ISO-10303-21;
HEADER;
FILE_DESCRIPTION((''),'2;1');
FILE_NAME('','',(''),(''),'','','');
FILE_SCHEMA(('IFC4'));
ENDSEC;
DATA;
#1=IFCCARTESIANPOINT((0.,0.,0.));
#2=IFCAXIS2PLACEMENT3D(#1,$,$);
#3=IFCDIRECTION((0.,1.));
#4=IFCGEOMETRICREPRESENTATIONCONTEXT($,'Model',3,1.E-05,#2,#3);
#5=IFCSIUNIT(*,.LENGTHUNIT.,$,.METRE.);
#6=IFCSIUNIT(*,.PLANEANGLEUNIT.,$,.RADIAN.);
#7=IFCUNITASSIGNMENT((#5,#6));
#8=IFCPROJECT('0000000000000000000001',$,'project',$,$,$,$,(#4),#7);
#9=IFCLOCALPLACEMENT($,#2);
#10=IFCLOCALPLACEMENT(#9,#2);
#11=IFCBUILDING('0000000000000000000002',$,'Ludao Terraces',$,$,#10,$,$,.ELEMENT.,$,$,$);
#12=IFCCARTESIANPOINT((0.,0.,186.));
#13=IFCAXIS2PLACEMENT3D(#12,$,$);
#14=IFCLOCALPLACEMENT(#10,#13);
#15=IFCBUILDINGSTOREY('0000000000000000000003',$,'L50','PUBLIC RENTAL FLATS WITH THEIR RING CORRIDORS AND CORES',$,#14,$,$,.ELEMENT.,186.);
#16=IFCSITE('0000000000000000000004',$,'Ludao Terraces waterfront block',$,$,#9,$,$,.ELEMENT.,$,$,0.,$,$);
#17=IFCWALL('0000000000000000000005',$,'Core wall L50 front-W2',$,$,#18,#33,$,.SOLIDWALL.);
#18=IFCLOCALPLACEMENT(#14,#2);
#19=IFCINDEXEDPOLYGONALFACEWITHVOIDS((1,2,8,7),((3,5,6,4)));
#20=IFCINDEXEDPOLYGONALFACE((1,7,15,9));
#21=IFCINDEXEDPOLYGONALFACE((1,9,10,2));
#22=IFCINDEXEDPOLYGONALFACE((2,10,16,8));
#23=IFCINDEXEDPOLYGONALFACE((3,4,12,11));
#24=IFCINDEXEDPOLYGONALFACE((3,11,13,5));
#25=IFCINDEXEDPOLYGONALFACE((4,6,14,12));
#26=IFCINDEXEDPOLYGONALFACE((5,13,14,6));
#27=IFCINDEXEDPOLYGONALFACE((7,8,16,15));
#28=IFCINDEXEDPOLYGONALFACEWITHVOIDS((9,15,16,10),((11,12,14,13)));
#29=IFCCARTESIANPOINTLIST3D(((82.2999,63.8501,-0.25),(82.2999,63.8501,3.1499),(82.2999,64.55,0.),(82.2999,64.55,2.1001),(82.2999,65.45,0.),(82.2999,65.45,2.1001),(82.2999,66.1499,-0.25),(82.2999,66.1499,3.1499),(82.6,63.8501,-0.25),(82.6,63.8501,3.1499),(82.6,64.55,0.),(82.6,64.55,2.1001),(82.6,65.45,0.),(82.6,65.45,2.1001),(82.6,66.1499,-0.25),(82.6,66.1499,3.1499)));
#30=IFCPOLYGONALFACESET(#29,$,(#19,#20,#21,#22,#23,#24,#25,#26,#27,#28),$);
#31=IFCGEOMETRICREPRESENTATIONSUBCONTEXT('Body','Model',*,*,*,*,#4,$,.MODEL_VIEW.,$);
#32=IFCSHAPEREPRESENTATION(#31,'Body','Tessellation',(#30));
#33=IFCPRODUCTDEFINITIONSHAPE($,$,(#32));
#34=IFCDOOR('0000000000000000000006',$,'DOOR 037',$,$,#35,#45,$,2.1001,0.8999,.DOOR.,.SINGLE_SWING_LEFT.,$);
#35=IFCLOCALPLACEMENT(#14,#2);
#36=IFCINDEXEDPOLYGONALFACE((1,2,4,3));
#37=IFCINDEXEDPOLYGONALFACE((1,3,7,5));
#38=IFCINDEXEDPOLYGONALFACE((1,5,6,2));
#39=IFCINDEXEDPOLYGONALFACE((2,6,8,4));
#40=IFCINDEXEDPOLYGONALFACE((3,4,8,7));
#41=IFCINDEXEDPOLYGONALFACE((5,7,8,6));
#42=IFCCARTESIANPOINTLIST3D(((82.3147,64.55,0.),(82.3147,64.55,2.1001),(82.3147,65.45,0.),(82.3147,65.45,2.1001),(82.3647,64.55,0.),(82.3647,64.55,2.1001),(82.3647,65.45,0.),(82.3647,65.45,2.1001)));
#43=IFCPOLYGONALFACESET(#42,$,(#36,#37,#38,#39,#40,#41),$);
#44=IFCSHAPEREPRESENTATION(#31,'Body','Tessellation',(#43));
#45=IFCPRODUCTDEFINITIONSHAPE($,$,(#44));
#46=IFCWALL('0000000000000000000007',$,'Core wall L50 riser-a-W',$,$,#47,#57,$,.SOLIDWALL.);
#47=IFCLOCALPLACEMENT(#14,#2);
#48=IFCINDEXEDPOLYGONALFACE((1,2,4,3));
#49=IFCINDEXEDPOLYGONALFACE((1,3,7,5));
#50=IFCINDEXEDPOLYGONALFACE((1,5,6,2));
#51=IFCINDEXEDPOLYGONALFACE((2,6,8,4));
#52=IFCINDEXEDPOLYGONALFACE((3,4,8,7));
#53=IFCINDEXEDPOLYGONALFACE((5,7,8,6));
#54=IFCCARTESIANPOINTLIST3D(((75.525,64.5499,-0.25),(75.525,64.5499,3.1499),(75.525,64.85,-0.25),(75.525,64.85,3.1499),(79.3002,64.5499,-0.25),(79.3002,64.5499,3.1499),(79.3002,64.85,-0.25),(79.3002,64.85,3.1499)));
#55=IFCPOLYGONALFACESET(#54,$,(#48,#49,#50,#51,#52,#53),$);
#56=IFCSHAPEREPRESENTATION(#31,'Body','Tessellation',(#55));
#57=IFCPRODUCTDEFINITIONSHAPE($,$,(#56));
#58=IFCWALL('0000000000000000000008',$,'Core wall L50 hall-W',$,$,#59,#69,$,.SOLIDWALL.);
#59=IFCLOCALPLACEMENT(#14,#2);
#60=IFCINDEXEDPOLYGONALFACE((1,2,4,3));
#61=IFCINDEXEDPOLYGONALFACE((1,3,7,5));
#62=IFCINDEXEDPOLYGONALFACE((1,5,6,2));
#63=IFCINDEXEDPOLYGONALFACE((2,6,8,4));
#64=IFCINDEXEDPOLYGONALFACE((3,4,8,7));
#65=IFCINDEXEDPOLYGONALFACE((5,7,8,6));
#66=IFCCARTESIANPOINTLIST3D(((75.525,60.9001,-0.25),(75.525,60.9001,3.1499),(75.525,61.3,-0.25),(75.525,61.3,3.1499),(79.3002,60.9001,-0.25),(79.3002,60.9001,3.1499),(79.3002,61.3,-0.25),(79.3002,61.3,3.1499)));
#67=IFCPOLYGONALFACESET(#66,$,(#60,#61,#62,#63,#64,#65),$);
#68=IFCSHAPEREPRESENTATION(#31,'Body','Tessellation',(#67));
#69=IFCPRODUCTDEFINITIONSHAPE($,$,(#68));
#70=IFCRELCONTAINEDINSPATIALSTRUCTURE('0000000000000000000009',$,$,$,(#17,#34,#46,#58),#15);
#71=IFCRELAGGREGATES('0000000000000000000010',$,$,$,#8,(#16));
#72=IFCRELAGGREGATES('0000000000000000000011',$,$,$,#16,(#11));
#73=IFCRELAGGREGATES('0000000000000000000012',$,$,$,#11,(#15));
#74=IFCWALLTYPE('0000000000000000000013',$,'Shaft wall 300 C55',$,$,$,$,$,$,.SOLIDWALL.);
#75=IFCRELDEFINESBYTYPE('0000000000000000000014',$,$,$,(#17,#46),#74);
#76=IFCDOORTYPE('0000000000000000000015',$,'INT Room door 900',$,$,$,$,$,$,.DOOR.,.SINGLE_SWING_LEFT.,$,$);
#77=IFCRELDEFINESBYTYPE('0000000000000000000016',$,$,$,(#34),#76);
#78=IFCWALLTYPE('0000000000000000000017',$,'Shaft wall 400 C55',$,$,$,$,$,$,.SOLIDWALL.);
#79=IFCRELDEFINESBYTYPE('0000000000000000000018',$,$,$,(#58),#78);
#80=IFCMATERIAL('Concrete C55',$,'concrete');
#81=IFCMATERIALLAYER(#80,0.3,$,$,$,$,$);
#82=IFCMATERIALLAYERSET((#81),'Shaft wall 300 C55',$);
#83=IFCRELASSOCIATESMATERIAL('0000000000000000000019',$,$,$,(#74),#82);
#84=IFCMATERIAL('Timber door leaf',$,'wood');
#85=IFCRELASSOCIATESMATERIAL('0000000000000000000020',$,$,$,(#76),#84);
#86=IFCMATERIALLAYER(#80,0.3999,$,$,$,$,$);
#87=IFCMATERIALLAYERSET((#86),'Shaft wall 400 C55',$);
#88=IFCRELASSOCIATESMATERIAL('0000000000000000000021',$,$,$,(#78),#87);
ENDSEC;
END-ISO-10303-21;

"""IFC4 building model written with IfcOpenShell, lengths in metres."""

from ifc_helpers import new_model, si_unit, direction, frame, frame_2d, origin, place, context, subcontext, project, spatial, rectangle, extrude, material, layer, layer_set, type_object, element, fill, save


model = new_model("IFC4")

# Units and contexts
model_context = context("Model", 3, precision=1e-05, world=origin(), true_north=direction((0.0, 1.0)))
body_context = subcontext(model_context, "Body", "Model", "MODEL_VIEW")
ifc_project = project(units=[si_unit("LENGTHUNIT", "METRE"), si_unit("PLANEANGLEUNIT", "RADIAN")], contexts=[model_context])

# Site, building, storey
site_placement = place(None, origin())
site = spatial("IfcSite", under=ifc_project, at=site_placement, Name="Ludao Terraces waterfront block", CompositionType="ELEMENT", RefElevation=0.0)
building_placement = place(site_placement, origin())
building = spatial("IfcBuilding", under=site, at=building_placement, Name="Ludao Terraces", CompositionType="ELEMENT")
storey_placement = place(building_placement, frame((0.0, 0.0, 186.0)))
storey = spatial("IfcBuildingStorey", under=building, at=storey_placement, Name="L50", Description="PUBLIC RENTAL FLATS WITH THEIR RING CORRIDORS AND CORES", CompositionType="ELEMENT", Elevation=186.0)

# Shared definitions
ifc_material_1 = material(Name="Timber door leaf", Category="wood")

# Shared definitions
ifc_material_2 = material(Name="Concrete C55", Category="concrete")
ifc_layer_1 = layer(ifc_material_2, 0.3)
ifc_layer_set_1 = layer_set([ifc_layer_1], Name="Shaft wall 300 C55")
wall_type_1 = type_object("IfcWallType", Name="Shaft wall 300 C55", PredefinedType="SOLIDWALL", material=ifc_layer_set_1)

# Shared definitions
door_type_1 = type_object("IfcDoorType", Name="INT Room door 900", OperationType="SINGLE_SWING_LEFT", PredefinedType="DOOR", material=ifc_material_1)

# Wall, opening, door
wall_1_placement = place(storey_placement, frame((82.45, 63.8501, -0.25), z_axis=(0.0, 0.0, 1.0), x_axis=(0.0, 1.0, 0.0)))
wall_1 = element("IfcWall", 1, at=wall_1_placement, inside=storey, type_object=wall_type_1, Name="Core wall L50 front-W2", PredefinedType="SOLIDWALL", context=body_context, shape_type="SweptSolid", body=[
    extrude(rectangle(XDim=2.2998, YDim=0.3, at=frame_2d((1.1499, 0.0))), origin(), (0.0, 0.0, 1.0), 3.3999),
])
opening_1_placement = place(wall_1_placement, frame((0.7, 0.0, 0.25)))
opening_1 = element("IfcOpeningElement", 2, at=opening_1_placement, cuts=wall_1, PredefinedType="OPENING", context=body_context, shape_type="SweptSolid", body=[
    extrude(rectangle(XDim=0.8999, YDim=2.1001, at=frame_2d((0.45, 1.05))), frame((0.0, 0.1602, 0.0), z_axis=(0.0, -1.0, 0.0), x_axis=(1.0, 0.0, 0.0)), (0.0, 0.0, 1.0), 0.3201),
])
door_1_placement = place(opening_1_placement, origin())
door_1 = element("IfcDoor", 3, at=door_1_placement, inside=storey, type_object=door_type_1, Name="DOOR 037", OperationType="SINGLE_SWING_LEFT", OverallHeight=2.1001, OverallWidth=0.8999, PredefinedType="DOOR", context=body_context, shape_type="SweptSolid", body=[
    extrude(rectangle(XDim=0.8999, YDim=2.1001, at=frame_2d((0.45, 1.05))), frame((0.0, 0.1353, 0.0), z_axis=(0.0, -1.0, 0.0), x_axis=(1.0, 0.0, 0.0)), (0.0, 0.0, 1.0), 0.05),
])
fill(opening_1, door_1)

# Walls
wall_2_placement = place(storey_placement, frame((75.5249, 64.7, -0.25), z_axis=(0.0, 0.0, 1.0), x_axis=(1.0, 0.0, 0.0)))
element("IfcWall", 4, at=wall_2_placement, inside=storey, type_object=wall_type_1, Name="Core wall L50 riser-a-W", PredefinedType="SOLIDWALL", context=body_context, shape_type="SweptSolid", body=[
    extrude(rectangle(XDim=3.7751, YDim=0.3, at=frame_2d((1.8877, 0.0))), origin(), (0.0, 0.0, 1.0), 3.3999),
])
ifc_layer_2 = layer(ifc_material_2, 0.3999)
ifc_layer_set_2 = layer_set([ifc_layer_2], Name="Shaft wall 400 C55")
wall_type_2 = type_object("IfcWallType", Name="Shaft wall 400 C55", PredefinedType="SOLIDWALL", material=ifc_layer_set_2)
wall_3_placement = place(storey_placement, frame((75.5249, 61.1001, -0.25), z_axis=(0.0, 0.0, 1.0), x_axis=(1.0, 0.0, 0.0)))
element("IfcWall", 5, at=wall_3_placement, inside=storey, type_object=wall_type_2, Name="Core wall L50 hall-W", PredefinedType="SOLIDWALL", context=body_context, shape_type="SweptSolid", body=[
    extrude(rectangle(XDim=3.7751, YDim=0.3999, at=frame_2d((1.8877, 0.0))), origin(), (0.0, 0.0, 1.0), 3.3999),
])

save(model, "model.ifc")
